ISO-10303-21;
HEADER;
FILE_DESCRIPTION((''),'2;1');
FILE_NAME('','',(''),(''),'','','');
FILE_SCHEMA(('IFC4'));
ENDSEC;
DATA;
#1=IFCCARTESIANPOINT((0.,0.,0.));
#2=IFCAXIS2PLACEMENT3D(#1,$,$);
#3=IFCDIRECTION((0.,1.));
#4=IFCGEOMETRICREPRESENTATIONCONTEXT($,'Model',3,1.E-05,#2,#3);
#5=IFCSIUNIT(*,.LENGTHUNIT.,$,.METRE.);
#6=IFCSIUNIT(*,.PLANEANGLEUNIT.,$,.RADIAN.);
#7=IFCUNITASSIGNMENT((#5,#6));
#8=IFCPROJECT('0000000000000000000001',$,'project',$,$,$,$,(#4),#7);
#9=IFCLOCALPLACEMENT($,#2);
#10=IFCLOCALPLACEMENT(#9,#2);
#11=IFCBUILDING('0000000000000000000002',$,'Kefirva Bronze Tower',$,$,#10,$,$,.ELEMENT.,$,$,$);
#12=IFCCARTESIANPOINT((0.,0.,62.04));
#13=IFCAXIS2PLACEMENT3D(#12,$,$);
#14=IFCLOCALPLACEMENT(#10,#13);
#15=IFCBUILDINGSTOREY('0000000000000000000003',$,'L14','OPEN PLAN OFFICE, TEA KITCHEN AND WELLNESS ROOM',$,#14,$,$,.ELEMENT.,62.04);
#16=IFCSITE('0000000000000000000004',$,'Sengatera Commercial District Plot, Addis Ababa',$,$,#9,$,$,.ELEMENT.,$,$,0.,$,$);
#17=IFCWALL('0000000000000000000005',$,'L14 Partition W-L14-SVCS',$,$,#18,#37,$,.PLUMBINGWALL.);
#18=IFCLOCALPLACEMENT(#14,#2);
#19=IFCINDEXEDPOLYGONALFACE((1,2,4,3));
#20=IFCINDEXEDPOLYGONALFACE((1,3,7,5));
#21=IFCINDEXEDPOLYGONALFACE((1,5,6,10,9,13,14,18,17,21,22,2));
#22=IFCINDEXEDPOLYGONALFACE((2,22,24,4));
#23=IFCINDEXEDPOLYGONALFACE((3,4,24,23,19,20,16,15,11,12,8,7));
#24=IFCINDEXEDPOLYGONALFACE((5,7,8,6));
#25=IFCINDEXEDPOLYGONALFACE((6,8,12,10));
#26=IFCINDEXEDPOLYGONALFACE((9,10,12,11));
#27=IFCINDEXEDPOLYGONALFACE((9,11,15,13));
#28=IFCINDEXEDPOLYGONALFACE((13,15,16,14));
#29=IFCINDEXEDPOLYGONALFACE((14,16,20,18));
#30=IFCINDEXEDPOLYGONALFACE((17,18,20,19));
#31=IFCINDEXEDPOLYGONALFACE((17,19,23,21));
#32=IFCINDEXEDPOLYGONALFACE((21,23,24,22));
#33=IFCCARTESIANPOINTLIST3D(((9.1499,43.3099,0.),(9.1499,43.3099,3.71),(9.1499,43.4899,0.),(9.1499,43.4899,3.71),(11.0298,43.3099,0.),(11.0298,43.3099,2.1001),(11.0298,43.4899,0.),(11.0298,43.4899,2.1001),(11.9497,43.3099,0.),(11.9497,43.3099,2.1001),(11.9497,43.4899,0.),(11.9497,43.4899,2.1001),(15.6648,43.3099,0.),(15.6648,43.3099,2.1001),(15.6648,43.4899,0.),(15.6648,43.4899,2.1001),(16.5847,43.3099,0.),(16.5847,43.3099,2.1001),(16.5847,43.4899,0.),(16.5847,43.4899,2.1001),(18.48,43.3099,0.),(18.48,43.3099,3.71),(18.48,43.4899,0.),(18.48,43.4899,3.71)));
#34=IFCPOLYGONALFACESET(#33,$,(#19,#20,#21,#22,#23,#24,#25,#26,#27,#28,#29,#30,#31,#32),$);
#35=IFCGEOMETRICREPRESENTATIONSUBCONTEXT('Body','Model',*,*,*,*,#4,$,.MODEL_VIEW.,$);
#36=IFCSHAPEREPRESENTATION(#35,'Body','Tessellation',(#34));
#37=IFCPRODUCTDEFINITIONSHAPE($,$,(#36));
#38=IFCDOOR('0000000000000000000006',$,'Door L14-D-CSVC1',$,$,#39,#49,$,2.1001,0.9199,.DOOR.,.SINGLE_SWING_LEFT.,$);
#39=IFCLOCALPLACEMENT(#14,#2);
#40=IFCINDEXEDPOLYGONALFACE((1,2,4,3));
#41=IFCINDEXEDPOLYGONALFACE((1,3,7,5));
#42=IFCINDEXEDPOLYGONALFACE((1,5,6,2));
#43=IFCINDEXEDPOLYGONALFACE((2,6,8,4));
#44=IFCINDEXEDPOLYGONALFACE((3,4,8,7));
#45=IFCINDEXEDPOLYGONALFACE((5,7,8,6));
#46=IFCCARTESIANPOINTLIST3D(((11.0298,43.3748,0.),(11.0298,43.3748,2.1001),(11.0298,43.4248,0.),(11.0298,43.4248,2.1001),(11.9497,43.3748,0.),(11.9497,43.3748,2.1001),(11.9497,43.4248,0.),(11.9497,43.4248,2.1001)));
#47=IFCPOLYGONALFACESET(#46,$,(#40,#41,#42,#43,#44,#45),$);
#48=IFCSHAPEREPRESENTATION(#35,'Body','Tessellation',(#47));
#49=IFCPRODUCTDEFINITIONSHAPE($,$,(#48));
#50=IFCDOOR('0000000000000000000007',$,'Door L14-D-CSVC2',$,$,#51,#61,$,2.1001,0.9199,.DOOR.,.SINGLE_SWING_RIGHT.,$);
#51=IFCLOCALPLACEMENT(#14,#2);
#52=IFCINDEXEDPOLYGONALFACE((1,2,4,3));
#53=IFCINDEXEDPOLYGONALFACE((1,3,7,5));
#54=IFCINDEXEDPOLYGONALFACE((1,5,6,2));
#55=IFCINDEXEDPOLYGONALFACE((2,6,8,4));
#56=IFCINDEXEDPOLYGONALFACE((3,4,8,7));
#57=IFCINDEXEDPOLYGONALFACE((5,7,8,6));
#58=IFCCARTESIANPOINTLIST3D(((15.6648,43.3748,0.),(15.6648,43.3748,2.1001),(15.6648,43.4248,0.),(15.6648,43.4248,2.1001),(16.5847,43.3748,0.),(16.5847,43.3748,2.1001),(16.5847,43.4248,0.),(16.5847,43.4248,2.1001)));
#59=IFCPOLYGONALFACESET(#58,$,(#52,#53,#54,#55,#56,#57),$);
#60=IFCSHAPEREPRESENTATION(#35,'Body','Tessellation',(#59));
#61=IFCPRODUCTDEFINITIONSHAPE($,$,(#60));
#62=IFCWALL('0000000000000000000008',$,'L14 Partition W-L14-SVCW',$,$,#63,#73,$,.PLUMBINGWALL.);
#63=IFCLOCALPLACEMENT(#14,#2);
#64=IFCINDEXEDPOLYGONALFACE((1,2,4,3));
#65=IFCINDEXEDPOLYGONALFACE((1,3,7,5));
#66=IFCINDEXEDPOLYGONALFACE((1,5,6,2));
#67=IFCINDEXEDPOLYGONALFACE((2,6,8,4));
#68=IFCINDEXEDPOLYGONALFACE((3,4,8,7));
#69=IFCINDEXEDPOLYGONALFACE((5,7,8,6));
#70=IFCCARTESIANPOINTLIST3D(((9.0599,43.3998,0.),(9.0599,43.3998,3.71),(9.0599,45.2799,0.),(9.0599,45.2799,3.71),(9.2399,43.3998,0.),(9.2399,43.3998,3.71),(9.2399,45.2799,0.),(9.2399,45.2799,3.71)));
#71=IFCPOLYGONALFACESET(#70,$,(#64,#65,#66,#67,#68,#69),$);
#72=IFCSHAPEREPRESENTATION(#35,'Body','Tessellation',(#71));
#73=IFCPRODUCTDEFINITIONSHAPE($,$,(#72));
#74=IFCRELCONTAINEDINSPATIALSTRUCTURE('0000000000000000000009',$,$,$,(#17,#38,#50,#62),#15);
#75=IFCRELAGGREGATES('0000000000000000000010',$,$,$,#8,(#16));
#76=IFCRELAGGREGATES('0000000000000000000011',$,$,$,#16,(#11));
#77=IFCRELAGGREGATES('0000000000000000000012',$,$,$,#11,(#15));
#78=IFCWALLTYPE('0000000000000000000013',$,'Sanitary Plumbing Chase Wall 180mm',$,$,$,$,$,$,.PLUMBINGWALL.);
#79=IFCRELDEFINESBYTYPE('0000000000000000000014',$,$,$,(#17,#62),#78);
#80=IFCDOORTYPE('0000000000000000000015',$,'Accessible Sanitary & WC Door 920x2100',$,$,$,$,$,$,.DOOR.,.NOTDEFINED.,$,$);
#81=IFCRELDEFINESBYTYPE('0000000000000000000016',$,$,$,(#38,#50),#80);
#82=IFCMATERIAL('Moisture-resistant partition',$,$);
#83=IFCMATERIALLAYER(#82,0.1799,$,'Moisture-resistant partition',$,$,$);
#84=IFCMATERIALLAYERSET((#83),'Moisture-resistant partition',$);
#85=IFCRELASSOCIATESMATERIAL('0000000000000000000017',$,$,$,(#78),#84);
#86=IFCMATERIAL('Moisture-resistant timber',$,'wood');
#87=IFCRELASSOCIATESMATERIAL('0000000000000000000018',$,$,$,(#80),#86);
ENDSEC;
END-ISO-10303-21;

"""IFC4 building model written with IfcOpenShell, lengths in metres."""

from ifc_helpers import new_model, si_unit, direction, frame, frame_2d, origin, place, context, subcontext, project, spatial, rectangle, extrude, material, layer, layer_set, type_object, element, fill, save


model = new_model("IFC4")

# Units and contexts
model_context = context("Model", 3, precision=1e-05, world=origin(), true_north=direction((0.0, 1.0)))
body_context = subcontext(model_context, "Body", "Model", "MODEL_VIEW")
ifc_project = project(units=[si_unit("LENGTHUNIT", "METRE"), si_unit("PLANEANGLEUNIT", "RADIAN")], contexts=[model_context])

# Site, building, storey
site_placement = place(None, origin())
site = spatial("IfcSite", under=ifc_project, at=site_placement, Name="Sengatera Commercial District Plot, Addis Ababa", CompositionType="ELEMENT", RefElevation=0.0)
building_placement = place(site_placement, origin())
building = spatial("IfcBuilding", under=site, at=building_placement, Name="Kefirva Bronze Tower", CompositionType="ELEMENT")
storey_placement = place(building_placement, frame((0.0, 0.0, 62.04)))
storey = spatial("IfcBuildingStorey", under=building, at=storey_placement, Name="L14", Description="OPEN PLAN OFFICE, TEA KITCHEN AND WELLNESS ROOM", CompositionType="ELEMENT", Elevation=62.04)

# Wall, openings, doors
ifc_material_1 = material(Name="Moisture-resistant partition")
ifc_layer_1 = layer(ifc_material_1, 0.1799, Name="Moisture-resistant partition")
ifc_layer_set_1 = layer_set([ifc_layer_1], Name="Moisture-resistant partition")
wall_type_1 = type_object("IfcWallType", Name="Sanitary Plumbing Chase Wall 180mm", PredefinedType="PLUMBINGWALL", material=ifc_layer_set_1)
wall_1_placement = place(storey_placement, frame((9.1499, 43.3999, 0.0), z_axis=(0.0, 0.0, 1.0), x_axis=(1.0, 0.0, 0.0)))
wall_1 = element("IfcWall", 1, at=wall_1_placement, inside=storey, type_object=wall_type_1, Name="L14 Partition W-L14-SVCS", PredefinedType="PLUMBINGWALL", context=body_context, shape_type="SweptSolid", body=[
    extrude(rectangle(XDim=9.3301, YDim=0.1799, at=frame_2d((4.665, 0.0))), origin(), (0.0, 0.0, 1.0), 3.71),
])
opening_1_placement = place(wall_1_placement, frame((1.8799, 0.0, 0.0)))
opening_1 = element("IfcOpeningElement", 2, at=opening_1_placement, cuts=wall_1, PredefinedType="OPENING", context=body_context, shape_type="SweptSolid", body=[
    extrude(rectangle(XDim=0.9199, YDim=2.1001, at=frame_2d((0.46, 1.05))), frame((0.0, 0.1001, 0.0), z_axis=(0.0, -1.0, 0.0), x_axis=(1.0, 0.0, 0.0)), (0.0, 0.0, 1.0), 0.2),
])
opening_2_placement = place(wall_1_placement, frame((6.5149, 0.0, 0.0)))
opening_2 = element("IfcOpeningElement", 3, at=opening_2_placement, cuts=wall_1, PredefinedType="OPENING", context=body_context, shape_type="SweptSolid", body=[
    extrude(rectangle(XDim=0.9199, YDim=2.1001, at=frame_2d((0.46, 1.05))), frame((0.0, 0.1001, 0.0), z_axis=(0.0, -1.0, 0.0), x_axis=(1.0, 0.0, 0.0)), (0.0, 0.0, 1.0), 0.2),
])
ifc_material_2 = material(Name="Moisture-resistant timber", Category="wood")
door_type_1 = type_object("IfcDoorType", Name="Accessible Sanitary & WC Door 920x2100", OperationType="NOTDEFINED", PredefinedType="DOOR", material=ifc_material_2)
door_1_placement = place(opening_1_placement, origin())
door_1 = element("IfcDoor", 4, at=door_1_placement, inside=storey, type_object=door_type_1, Name="Door L14-D-CSVC1", OperationType="SINGLE_SWING_LEFT", OverallHeight=2.1001, OverallWidth=0.9199, PredefinedType="DOOR", context=body_context, shape_type="SweptSolid", body=[
    extrude(rectangle(XDim=0.9199, YDim=2.1001, at=frame_2d((0.46, 1.05))), frame((0.0, 0.0249, 0.0), z_axis=(0.0, -1.0, 0.0), x_axis=(1.0, 0.0, 0.0)), (0.0, 0.0, 1.0), 0.05),
])
fill(opening_1, door_1)
door_2_placement = place(opening_2_placement, origin())
door_2 = element("IfcDoor", 5, at=door_2_placement, inside=storey, type_object=door_type_1, Name="Door L14-D-CSVC2", OperationType="SINGLE_SWING_RIGHT", OverallHeight=2.1001, OverallWidth=0.9199, PredefinedType="DOOR", context=body_context, shape_type="SweptSolid", body=[
    extrude(rectangle(XDim=0.9199, YDim=2.1001, at=frame_2d((0.46, 1.05))), frame((0.0, 0.0249, 0.0), z_axis=(0.0, -1.0, 0.0), x_axis=(1.0, 0.0, 0.0)), (0.0, 0.0, 1.0), 0.05),
])
fill(opening_2, door_2)

# Wall
wall_2_placement = place(storey_placement, frame((9.1499, 43.3999, 0.0), z_axis=(0.0, 0.0, 1.0), x_axis=(0.0, 1.0, 0.0)))
element("IfcWall", 6, at=wall_2_placement, inside=storey, type_object=wall_type_1, Name="L14 Partition W-L14-SVCW", PredefinedType="PLUMBINGWALL", context=body_context, shape_type="SweptSolid", body=[
    extrude(rectangle(XDim=1.8801, YDim=0.1799, at=frame_2d((0.9399, 0.0))), origin(), (0.0, 0.0, 1.0), 3.71),
])

save(model, "model.ifc")
